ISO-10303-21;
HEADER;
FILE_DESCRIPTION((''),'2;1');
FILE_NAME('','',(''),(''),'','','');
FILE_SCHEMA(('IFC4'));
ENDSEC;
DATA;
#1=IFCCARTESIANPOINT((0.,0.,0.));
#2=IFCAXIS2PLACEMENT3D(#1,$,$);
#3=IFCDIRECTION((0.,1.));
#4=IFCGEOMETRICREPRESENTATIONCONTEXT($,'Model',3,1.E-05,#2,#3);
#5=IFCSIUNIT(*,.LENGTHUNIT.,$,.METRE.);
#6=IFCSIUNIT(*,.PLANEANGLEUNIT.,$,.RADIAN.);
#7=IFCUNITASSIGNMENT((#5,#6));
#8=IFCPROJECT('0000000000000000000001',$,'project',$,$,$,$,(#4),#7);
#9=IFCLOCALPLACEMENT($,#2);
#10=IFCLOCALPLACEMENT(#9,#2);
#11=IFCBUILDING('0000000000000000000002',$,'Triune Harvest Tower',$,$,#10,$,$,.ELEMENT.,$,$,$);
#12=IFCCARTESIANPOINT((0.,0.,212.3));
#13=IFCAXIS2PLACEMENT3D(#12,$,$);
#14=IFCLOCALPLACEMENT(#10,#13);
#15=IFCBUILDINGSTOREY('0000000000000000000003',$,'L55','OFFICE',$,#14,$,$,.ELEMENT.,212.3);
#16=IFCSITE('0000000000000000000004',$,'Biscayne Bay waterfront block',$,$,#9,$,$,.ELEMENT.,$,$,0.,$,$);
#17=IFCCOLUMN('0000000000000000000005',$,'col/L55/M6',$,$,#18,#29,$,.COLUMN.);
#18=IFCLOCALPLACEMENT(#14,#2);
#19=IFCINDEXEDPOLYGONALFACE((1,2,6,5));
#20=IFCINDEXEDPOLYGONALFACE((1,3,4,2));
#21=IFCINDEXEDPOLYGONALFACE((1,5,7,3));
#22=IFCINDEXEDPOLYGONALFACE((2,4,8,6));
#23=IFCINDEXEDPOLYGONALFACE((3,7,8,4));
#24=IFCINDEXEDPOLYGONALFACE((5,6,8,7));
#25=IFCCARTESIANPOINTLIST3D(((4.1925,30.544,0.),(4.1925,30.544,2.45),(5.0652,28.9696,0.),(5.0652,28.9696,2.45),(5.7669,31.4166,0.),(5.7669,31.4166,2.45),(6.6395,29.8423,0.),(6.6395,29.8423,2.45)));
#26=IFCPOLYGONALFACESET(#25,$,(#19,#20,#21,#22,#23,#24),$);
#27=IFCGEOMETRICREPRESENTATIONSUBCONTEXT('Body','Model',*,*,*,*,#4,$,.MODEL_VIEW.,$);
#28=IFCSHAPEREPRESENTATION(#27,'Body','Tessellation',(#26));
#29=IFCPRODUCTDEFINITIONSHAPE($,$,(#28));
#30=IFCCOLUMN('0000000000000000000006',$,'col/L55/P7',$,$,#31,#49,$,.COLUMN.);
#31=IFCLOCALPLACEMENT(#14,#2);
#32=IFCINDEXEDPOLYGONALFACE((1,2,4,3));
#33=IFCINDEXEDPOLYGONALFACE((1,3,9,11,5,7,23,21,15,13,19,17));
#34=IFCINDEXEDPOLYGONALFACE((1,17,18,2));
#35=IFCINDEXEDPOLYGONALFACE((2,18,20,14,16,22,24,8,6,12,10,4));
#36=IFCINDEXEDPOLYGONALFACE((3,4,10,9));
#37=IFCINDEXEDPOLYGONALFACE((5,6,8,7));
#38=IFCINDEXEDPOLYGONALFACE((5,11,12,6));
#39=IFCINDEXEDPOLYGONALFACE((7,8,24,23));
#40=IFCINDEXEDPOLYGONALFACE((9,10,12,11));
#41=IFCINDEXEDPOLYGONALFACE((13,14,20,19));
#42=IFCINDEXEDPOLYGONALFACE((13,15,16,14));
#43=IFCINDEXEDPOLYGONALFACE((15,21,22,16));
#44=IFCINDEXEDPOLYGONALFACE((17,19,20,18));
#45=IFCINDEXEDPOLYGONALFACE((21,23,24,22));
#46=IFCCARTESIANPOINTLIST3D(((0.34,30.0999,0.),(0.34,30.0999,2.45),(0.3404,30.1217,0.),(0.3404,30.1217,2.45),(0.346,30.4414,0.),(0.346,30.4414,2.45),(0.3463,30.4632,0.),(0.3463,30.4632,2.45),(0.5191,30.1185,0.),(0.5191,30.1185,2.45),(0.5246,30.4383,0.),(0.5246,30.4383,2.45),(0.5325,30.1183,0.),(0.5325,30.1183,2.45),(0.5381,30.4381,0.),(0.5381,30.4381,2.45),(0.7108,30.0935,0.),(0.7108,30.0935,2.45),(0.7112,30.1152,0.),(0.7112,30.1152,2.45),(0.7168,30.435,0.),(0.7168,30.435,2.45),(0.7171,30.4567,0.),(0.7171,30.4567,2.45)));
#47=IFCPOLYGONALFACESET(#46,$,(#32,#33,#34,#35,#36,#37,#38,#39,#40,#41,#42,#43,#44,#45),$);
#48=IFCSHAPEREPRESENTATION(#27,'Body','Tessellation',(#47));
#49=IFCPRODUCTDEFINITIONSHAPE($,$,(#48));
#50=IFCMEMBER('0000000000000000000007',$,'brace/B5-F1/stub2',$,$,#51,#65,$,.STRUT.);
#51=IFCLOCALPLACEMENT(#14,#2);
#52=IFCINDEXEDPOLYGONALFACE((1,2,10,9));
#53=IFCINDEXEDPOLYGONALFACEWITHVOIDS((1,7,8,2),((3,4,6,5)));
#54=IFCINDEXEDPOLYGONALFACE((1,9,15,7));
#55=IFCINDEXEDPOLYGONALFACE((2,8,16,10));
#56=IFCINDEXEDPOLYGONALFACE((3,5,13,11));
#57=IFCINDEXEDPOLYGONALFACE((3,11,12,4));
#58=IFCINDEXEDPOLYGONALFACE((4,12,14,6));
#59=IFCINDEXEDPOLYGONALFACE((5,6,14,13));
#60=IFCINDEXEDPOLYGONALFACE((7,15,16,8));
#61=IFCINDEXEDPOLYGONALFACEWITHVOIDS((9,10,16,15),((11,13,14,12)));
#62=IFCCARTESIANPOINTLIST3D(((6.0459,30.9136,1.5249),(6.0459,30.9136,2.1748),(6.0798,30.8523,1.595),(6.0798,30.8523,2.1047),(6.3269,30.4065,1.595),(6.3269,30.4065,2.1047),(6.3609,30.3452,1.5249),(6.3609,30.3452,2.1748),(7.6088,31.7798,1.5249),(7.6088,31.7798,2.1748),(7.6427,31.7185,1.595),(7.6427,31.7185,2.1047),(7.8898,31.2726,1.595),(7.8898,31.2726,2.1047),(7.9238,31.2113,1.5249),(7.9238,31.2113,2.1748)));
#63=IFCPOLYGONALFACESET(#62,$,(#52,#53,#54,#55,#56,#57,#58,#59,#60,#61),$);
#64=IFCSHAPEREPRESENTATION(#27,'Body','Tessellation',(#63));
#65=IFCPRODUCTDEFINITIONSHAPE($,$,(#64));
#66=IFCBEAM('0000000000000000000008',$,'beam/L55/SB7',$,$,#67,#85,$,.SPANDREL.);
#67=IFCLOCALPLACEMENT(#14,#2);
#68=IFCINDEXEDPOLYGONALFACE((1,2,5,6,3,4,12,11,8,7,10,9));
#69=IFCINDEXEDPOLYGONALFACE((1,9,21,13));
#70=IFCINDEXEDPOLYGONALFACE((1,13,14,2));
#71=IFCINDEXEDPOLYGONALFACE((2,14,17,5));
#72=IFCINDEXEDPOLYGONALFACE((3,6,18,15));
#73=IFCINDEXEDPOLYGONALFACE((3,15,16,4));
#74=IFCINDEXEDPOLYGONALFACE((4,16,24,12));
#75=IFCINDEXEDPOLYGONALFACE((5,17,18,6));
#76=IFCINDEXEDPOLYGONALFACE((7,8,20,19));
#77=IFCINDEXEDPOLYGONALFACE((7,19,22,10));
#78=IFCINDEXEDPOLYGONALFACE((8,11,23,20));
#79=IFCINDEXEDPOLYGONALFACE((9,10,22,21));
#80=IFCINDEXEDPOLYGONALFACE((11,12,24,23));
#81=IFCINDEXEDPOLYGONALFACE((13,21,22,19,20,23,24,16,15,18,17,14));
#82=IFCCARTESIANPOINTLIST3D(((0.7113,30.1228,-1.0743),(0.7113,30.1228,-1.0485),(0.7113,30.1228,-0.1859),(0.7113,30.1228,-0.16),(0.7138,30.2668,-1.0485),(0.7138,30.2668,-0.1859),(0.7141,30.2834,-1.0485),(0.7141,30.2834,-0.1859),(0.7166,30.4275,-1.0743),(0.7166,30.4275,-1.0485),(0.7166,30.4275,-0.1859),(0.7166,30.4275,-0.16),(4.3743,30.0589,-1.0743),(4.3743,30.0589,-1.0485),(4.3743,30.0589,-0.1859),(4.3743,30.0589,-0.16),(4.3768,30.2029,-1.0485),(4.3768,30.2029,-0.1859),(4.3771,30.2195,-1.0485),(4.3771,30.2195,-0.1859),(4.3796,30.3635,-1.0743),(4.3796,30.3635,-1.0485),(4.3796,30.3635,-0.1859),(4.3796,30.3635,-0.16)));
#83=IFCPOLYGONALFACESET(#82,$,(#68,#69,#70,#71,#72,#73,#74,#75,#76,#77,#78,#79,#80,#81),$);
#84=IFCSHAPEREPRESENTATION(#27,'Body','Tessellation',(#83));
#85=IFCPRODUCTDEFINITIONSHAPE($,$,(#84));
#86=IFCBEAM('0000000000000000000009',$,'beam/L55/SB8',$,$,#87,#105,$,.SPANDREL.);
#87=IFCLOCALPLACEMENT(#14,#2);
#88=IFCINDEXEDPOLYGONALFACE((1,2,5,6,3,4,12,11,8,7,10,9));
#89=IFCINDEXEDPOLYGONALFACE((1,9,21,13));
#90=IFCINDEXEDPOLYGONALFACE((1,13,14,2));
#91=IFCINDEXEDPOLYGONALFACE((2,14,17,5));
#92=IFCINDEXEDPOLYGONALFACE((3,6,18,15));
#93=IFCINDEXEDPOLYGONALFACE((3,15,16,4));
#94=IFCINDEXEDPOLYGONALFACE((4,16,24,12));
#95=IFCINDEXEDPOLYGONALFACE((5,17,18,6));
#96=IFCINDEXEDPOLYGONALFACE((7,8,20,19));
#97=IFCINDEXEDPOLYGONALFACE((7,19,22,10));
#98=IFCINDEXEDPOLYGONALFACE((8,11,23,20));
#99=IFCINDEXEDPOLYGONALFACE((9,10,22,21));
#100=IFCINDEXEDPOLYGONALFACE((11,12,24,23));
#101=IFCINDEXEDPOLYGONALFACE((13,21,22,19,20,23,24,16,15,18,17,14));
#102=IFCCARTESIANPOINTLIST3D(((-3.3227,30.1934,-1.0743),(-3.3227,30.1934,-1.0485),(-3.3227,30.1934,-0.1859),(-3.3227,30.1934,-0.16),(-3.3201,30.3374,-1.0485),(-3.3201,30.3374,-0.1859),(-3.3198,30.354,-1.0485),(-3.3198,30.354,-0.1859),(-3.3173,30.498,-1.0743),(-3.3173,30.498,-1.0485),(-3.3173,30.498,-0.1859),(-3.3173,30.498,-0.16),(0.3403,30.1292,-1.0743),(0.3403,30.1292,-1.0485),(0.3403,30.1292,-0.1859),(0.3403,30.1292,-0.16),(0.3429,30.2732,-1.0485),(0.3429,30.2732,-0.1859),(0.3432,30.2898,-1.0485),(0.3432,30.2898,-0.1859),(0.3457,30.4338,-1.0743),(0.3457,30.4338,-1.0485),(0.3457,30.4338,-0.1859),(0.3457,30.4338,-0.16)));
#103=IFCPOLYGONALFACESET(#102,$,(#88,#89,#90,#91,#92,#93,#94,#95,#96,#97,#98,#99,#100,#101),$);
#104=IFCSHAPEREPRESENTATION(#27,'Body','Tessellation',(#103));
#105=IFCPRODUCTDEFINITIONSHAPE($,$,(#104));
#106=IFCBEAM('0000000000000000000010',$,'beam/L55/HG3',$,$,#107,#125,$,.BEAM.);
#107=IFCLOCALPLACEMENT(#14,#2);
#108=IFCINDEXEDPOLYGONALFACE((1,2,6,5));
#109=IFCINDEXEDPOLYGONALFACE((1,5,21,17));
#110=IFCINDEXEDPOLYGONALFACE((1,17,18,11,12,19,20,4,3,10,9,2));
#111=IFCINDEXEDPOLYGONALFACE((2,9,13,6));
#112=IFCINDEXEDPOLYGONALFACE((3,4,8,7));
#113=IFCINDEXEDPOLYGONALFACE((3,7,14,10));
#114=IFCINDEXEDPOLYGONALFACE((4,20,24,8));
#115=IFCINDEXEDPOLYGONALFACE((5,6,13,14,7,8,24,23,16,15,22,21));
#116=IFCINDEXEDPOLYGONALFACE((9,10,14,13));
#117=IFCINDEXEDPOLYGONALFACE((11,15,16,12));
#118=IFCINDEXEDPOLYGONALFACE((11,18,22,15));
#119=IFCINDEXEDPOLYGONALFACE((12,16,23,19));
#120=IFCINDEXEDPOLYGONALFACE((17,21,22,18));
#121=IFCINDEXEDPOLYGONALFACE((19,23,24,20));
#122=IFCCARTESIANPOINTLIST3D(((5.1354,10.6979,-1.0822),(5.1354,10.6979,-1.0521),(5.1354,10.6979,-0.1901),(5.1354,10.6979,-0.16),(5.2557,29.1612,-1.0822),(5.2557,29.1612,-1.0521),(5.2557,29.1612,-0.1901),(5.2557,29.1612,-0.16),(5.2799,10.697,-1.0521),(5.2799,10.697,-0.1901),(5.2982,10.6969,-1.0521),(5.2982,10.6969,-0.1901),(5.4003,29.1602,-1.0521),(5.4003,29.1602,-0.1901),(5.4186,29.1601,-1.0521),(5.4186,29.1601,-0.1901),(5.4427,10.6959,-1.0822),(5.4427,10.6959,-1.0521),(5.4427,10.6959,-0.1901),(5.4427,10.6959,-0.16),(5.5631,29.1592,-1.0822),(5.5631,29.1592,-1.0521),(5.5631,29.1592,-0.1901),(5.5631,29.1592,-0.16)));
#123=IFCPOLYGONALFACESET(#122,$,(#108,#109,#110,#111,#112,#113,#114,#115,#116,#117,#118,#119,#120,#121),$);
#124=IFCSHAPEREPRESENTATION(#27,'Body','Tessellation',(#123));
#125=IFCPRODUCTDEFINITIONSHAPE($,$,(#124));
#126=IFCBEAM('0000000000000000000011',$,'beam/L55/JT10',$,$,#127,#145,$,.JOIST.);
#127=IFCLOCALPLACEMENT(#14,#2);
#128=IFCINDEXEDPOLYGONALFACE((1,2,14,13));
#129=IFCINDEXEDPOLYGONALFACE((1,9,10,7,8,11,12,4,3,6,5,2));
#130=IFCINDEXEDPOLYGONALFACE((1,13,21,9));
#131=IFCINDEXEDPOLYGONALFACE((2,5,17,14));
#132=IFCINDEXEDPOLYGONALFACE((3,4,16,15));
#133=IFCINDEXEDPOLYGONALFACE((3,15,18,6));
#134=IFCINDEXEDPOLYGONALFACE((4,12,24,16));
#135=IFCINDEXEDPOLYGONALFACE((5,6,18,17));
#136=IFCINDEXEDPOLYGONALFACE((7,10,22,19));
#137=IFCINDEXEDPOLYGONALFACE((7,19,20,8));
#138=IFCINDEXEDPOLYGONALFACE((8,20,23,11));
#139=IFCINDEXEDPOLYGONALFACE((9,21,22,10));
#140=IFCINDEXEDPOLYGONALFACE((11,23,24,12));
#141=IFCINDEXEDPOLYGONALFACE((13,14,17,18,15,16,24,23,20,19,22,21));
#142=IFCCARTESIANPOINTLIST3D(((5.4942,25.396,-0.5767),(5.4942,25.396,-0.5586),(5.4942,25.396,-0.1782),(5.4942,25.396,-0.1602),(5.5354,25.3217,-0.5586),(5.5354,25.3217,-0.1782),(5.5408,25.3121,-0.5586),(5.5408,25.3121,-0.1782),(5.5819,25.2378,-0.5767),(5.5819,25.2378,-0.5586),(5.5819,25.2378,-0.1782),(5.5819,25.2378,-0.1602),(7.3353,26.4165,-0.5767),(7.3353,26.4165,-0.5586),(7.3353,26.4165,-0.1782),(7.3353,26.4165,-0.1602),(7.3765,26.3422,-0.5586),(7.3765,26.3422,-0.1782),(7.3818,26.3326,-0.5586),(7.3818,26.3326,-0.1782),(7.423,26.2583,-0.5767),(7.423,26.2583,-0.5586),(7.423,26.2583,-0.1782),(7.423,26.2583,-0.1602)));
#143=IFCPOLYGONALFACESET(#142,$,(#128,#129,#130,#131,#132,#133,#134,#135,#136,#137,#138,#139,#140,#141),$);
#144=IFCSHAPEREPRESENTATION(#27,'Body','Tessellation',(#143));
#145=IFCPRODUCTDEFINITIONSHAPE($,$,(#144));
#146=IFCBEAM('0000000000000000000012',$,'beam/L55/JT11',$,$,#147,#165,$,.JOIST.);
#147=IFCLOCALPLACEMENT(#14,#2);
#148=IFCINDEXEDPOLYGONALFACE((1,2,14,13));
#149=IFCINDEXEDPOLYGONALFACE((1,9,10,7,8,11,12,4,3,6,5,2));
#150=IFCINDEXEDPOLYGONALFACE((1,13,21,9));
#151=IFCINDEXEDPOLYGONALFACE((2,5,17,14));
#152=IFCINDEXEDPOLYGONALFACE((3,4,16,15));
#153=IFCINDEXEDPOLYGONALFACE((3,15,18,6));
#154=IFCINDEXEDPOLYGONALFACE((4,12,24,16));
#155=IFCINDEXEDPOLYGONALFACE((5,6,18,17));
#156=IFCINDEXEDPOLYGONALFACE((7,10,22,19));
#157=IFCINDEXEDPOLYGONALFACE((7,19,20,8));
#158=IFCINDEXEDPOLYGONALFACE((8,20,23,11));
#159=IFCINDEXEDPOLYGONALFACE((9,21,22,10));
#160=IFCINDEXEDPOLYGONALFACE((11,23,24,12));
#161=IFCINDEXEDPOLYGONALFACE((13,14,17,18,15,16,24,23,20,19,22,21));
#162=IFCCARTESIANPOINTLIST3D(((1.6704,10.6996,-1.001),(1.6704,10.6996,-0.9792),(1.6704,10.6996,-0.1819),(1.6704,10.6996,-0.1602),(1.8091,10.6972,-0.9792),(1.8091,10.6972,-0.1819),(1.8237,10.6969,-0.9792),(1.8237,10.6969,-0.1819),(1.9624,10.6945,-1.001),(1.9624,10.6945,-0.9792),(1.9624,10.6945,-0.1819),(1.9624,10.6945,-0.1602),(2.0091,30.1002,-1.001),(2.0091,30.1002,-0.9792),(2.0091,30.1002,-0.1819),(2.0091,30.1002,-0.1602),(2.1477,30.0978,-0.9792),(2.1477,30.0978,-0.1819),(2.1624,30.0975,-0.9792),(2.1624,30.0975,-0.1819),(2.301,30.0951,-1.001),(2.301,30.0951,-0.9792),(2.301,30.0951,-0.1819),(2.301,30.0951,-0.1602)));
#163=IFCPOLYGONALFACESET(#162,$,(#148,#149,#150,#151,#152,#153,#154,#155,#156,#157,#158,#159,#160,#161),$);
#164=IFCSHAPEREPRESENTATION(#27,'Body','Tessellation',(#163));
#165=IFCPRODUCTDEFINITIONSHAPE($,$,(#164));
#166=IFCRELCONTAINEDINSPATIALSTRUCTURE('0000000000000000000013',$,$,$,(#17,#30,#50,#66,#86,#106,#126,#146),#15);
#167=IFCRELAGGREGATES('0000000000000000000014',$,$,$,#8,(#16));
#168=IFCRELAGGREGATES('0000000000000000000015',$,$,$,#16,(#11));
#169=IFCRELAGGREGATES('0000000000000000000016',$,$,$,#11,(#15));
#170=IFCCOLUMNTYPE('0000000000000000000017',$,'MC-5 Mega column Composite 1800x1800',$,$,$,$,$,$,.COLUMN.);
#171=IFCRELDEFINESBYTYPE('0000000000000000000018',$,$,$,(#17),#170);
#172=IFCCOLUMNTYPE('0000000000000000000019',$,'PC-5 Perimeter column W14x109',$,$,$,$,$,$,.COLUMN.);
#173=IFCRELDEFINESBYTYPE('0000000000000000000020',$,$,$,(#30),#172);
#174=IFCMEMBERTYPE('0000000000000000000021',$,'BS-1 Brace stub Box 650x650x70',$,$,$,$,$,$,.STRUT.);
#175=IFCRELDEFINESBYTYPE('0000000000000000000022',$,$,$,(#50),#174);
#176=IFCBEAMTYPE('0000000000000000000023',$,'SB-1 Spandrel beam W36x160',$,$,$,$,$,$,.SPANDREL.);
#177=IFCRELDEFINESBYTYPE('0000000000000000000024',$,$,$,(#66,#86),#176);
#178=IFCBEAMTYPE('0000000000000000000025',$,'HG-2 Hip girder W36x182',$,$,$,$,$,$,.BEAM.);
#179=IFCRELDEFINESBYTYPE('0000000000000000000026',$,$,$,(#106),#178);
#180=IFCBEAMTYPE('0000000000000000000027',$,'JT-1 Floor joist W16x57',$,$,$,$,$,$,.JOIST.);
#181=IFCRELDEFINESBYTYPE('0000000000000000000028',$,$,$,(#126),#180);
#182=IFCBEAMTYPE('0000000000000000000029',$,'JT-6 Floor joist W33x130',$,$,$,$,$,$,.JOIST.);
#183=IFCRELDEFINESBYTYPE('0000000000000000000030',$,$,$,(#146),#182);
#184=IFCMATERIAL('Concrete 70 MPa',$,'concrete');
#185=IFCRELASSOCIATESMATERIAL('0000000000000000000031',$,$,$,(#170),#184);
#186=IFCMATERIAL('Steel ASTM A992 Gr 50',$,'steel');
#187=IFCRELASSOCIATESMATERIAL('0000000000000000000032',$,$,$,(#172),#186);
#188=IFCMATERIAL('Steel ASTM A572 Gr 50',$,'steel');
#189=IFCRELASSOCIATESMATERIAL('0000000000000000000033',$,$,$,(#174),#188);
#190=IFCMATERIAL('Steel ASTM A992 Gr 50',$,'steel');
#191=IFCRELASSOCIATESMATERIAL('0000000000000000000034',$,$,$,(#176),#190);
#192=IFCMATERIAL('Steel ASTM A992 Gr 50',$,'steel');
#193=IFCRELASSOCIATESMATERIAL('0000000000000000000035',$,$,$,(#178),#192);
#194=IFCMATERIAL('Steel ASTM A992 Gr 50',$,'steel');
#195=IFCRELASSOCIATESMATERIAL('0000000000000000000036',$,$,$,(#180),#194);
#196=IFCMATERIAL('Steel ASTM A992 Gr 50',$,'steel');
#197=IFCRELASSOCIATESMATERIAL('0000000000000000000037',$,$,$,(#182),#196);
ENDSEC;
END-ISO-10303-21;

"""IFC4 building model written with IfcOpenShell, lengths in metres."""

from ifc_helpers import new_model, si_unit, direction, frame, origin, origin_2d, place, context, subcontext, project, spatial, rectangle, hollow_rectangle, i_section, extrude, source, transform, mapped, material, material_profile, profile_set, type_object, element, save


model = new_model("IFC4")

# Units and contexts
model_context = context("Model", 3, precision=1e-05, world=origin(), true_north=direction((0.0, 1.0)))
body_context = subcontext(model_context, "Body", "Model", "MODEL_VIEW")
ifc_project = project(units=[si_unit("LENGTHUNIT", "METRE"), si_unit("PLANEANGLEUNIT", "RADIAN")], contexts=[model_context])

# Site, building, storey
site_placement = place(None, origin())
site = spatial("IfcSite", under=ifc_project, at=site_placement, Name="Biscayne Bay waterfront block", CompositionType="ELEMENT", RefElevation=0.0)
building_placement = place(site_placement, origin())
building = spatial("IfcBuilding", under=site, at=building_placement, Name="Triune Harvest Tower", CompositionType="ELEMENT")
storey_placement = place(building_placement, frame((0.0, 0.0, 212.3)))
storey = spatial("IfcBuildingStorey", under=building, at=storey_placement, Name="L55", Description="OFFICE", CompositionType="ELEMENT", Elevation=212.3)

# Columns
ifc_material_1 = material(Name="Concrete 70 MPa", Category="concrete")
ifc_material_profile_1 = material_profile(ifc_material_1, rectangle(XDim=1.8, YDim=1.8, at=origin_2d()), Name="Composite 1800x1800")
ifc_profile_set_1 = profile_set([ifc_material_profile_1], Name="Concrete 70 MPa")
column_type_1 = type_object("IfcColumnType", Name="MC-5 Mega column Composite 1800x1800", PredefinedType="COLUMN", material=ifc_profile_set_1)
shared_shape_1 = source(origin(), body_context, "Body", "SweptSolid", [
    extrude(rectangle(XDim=1.8, YDim=1.8, at=origin_2d()), origin(), (0.0, 0.0, 1.0), 2.45),
])
column_1_placement = place(storey_placement, frame((5.416, 30.1931, 0.0), z_axis=(0.0, 0.0, 1.0), x_axis=(-0.48481, 0.87462, 0.0)))
element("IfcColumn", 1, at=column_1_placement, inside=storey, type_object=column_type_1, Name="col/L55/M6", PredefinedType="COLUMN", context=body_context, shape_type="MappedRepresentation", body=[
    mapped(shared_shape_1, transform((0.0, 0.0, 0.0), scale=1.0)),
])
ifc_material_2 = material(Name="Steel ASTM A992 Gr 50", Category="steel")
ifc_material_profile_2 = material_profile(ifc_material_2, i_section(OverallWidth=0.3708, OverallDepth=0.3633, WebThickness=0.0134, FlangeThickness=0.0217, at=origin_2d()), Name="W14x109")
ifc_profile_set_2 = profile_set([ifc_material_profile_2], Name="Steel ASTM A992 Gr 50")
column_type_2 = type_object("IfcColumnType", Name="PC-5 Perimeter column W14x109", PredefinedType="COLUMN", material=ifc_profile_set_2)
shared_shape_2 = source(origin(), body_context, "Body", "SweptSolid", [
    extrude(i_section(OverallWidth=0.3708, OverallDepth=0.3633, WebThickness=0.0134, FlangeThickness=0.0217, at=origin_2d()), origin(), (0.0, 0.0, 1.0), 2.45),
])
column_2_placement = place(storey_placement, frame((0.5286, 30.2783, 0.0), z_axis=(0.0, 0.0, 1.0), x_axis=(-0.999848, 0.017451, 0.0)))
element("IfcColumn", 2, at=column_2_placement, inside=storey, type_object=column_type_2, Name="col/L55/P7", PredefinedType="COLUMN", context=body_context, shape_type="MappedRepresentation", body=[
    mapped(shared_shape_2, transform((0.0, 0.0, 0.0), scale=1.0)),
])

# Member
ifc_material_3 = material(Name="Steel ASTM A572 Gr 50", Category="steel")
ifc_material_profile_3 = material_profile(ifc_material_3, hollow_rectangle(XDim=0.6499, YDim=0.6499, WallThickness=0.0701, at=origin_2d()), Name="Box 650x650x70")
ifc_profile_set_3 = profile_set([ifc_material_profile_3], Name="Steel ASTM A572 Gr 50")
member_type_1 = type_object("IfcMemberType", Name="BS-1 Brace stub Box 650x650x70", PredefinedType="STRUT", material=ifc_profile_set_3)
member_1_placement = place(storey_placement, frame((6.2034, 30.6294, 1.8499), z_axis=(0.874659, 0.484738, 0.0), x_axis=(-0.484738, 0.874659, 0.0)))
element("IfcMember", 3, at=member_1_placement, inside=storey, type_object=member_type_1, Name="brace/B5-F1/stub2", PredefinedType="STRUT", context=body_context, shape_type="SweptSolid", body=[
    extrude(hollow_rectangle(XDim=0.6499, YDim=0.6499, WallThickness=0.0701, at=origin_2d()), origin(), (0.0, 0.0, 1.0), 1.7869),
])

# Beams
ifc_material_4 = material(Name="Steel ASTM A992 Gr 50", Category="steel")
ifc_material_profile_4 = material_profile(ifc_material_4, i_section(OverallWidth=0.3047, OverallDepth=0.9143, WebThickness=0.0166, FlangeThickness=0.0259, at=origin_2d()), Name="W36x160")
ifc_profile_set_4 = profile_set([ifc_material_profile_4], Name="Steel ASTM A992 Gr 50")
beam_type_1 = type_object("IfcBeamType", Name="SB-1 Spandrel beam W36x160", PredefinedType="SPANDREL", material=ifc_profile_set_4)
shared_shape_3 = source(origin(), body_context, "Body", "SweptSolid", [
    extrude(i_section(OverallWidth=0.3047, OverallDepth=0.9143, WebThickness=0.0166, FlangeThickness=0.0259, at=origin_2d()), origin(), (0.0, 0.0, 1.0), 3.6636),
])
for number, where, z_axis, x_axis, name in (
    (4, (4.377, 30.2112, -0.6172), (-0.999848, 0.017459, 0.0), (-0.017459, -0.999848, 0.0), "beam/L55/SB7"),
    (5, (0.343, 30.2815, -0.6172), (-0.999846, 0.017526, 0.0), (-0.017526, -0.999846, 0.0), "beam/L55/SB8"),
):
    element("IfcBeam", number, at=place(storey_placement, frame(where, z_axis=z_axis, x_axis=x_axis)), inside=storey, type_object=beam_type_1, Name=name, PredefinedType="SPANDREL", context=body_context, shape_type="MappedRepresentation", body=[
        mapped(shared_shape_3, transform((0.0, 0.0, 0.0), scale=1.0)),
    ])
ifc_material_5 = material(Name="Steel ASTM A992 Gr 50", Category="steel")
ifc_material_profile_5 = material_profile(ifc_material_5, i_section(OverallWidth=0.3074, OverallDepth=0.9221, WebThickness=0.0183, FlangeThickness=0.03, at=origin_2d()), Name="W36x182")
ifc_profile_set_5 = profile_set([ifc_material_profile_5], Name="Steel ASTM A992 Gr 50")
beam_type_2 = type_object("IfcBeamType", Name="HG-2 Hip girder W36x182", PredefinedType="BEAM", material=ifc_profile_set_5)
shared_shape_4 = source(origin(), body_context, "Body", "SweptSolid", [
    extrude(i_section(OverallWidth=0.3074, OverallDepth=0.9221, WebThickness=0.0183, FlangeThickness=0.03, at=origin_2d()), origin(), (0.0, 0.0, 1.0), 18.4636),
])
beam_1_placement = place(storey_placement, frame((5.4094, 29.1602, -0.6211), z_axis=(-0.006519, -0.999979, 0.0), x_axis=(0.999979, -0.006519, 0.0)))
element("IfcBeam", 6, at=beam_1_placement, inside=storey, type_object=beam_type_2, Name="beam/L55/HG3", PredefinedType="BEAM", context=body_context, shape_type="MappedRepresentation", body=[
    mapped(shared_shape_4, transform((0.0, 0.0, 0.0), scale=1.0)),
])
ifc_material_6 = material(Name="Steel ASTM A992 Gr 50", Category="steel")
ifc_material_profile_6 = material_profile(ifc_material_6, i_section(OverallWidth=0.1809, OverallDepth=0.4165, WebThickness=0.011, FlangeThickness=0.0181, at=origin_2d()), Name="W16x57")
ifc_profile_set_6 = profile_set([ifc_material_profile_6], Name="Steel ASTM A992 Gr 50")
beam_type_3 = type_object("IfcBeamType", Name="JT-1 Floor joist W16x57", PredefinedType="JOIST", material=ifc_profile_set_6)
shared_shape_5 = source(origin(), body_context, "Body", "SweptSolid", [
    extrude(i_section(OverallWidth=0.1809, OverallDepth=0.4165, WebThickness=0.011, FlangeThickness=0.0181, at=origin_2d()), origin(), (0.0, 0.0, 1.0), 2.105),
])
beam_2_placement = place(storey_placement, frame((7.3792, 26.3374, -0.3684), z_axis=(-0.874622, -0.484806, 0.0), x_axis=(0.484806, -0.874622, 0.0)))
element("IfcBeam", 7, at=beam_2_placement, inside=storey, type_object=beam_type_3, Name="beam/L55/JT10", PredefinedType="JOIST", context=body_context, shape_type="MappedRepresentation", body=[
    mapped(shared_shape_5, transform((0.0, 0.0, 0.0), scale=1.0)),
])
ifc_material_7 = material(Name="Steel ASTM A992 Gr 50", Category="steel")
ifc_material_profile_7 = material_profile(ifc_material_7, i_section(OverallWidth=0.292, OverallDepth=0.8408, WebThickness=0.0146, FlangeThickness=0.0217, at=origin_2d()), Name="W33x130")
ifc_profile_set_7 = profile_set([ifc_material_profile_7], Name="Steel ASTM A992 Gr 50")
beam_type_4 = type_object("IfcBeamType", Name="JT-6 Floor joist W33x130", PredefinedType="JOIST", material=ifc_profile_set_7)
shared_shape_6 = source(origin(), body_context, "Body", "SweptSolid", [
    extrude(i_section(OverallWidth=0.292, OverallDepth=0.8408, WebThickness=0.0146, FlangeThickness=0.0217, at=origin_2d()), origin(), (0.0, 0.0, 1.0), 19.4036),
])
beam_3_placement = place(storey_placement, frame((2.155, 30.0977, -0.5806), z_axis=(-0.017452, -0.999848, 0.0), x_axis=(0.999848, -0.017452, 0.0)))
element("IfcBeam", 8, at=beam_3_placement, inside=storey, type_object=beam_type_4, Name="beam/L55/JT11", PredefinedType="JOIST", context=body_context, shape_type="MappedRepresentation", body=[
    mapped(shared_shape_6, transform((0.0, 0.0, 0.0), scale=1.0)),
])

save(model, "model.ifc")
